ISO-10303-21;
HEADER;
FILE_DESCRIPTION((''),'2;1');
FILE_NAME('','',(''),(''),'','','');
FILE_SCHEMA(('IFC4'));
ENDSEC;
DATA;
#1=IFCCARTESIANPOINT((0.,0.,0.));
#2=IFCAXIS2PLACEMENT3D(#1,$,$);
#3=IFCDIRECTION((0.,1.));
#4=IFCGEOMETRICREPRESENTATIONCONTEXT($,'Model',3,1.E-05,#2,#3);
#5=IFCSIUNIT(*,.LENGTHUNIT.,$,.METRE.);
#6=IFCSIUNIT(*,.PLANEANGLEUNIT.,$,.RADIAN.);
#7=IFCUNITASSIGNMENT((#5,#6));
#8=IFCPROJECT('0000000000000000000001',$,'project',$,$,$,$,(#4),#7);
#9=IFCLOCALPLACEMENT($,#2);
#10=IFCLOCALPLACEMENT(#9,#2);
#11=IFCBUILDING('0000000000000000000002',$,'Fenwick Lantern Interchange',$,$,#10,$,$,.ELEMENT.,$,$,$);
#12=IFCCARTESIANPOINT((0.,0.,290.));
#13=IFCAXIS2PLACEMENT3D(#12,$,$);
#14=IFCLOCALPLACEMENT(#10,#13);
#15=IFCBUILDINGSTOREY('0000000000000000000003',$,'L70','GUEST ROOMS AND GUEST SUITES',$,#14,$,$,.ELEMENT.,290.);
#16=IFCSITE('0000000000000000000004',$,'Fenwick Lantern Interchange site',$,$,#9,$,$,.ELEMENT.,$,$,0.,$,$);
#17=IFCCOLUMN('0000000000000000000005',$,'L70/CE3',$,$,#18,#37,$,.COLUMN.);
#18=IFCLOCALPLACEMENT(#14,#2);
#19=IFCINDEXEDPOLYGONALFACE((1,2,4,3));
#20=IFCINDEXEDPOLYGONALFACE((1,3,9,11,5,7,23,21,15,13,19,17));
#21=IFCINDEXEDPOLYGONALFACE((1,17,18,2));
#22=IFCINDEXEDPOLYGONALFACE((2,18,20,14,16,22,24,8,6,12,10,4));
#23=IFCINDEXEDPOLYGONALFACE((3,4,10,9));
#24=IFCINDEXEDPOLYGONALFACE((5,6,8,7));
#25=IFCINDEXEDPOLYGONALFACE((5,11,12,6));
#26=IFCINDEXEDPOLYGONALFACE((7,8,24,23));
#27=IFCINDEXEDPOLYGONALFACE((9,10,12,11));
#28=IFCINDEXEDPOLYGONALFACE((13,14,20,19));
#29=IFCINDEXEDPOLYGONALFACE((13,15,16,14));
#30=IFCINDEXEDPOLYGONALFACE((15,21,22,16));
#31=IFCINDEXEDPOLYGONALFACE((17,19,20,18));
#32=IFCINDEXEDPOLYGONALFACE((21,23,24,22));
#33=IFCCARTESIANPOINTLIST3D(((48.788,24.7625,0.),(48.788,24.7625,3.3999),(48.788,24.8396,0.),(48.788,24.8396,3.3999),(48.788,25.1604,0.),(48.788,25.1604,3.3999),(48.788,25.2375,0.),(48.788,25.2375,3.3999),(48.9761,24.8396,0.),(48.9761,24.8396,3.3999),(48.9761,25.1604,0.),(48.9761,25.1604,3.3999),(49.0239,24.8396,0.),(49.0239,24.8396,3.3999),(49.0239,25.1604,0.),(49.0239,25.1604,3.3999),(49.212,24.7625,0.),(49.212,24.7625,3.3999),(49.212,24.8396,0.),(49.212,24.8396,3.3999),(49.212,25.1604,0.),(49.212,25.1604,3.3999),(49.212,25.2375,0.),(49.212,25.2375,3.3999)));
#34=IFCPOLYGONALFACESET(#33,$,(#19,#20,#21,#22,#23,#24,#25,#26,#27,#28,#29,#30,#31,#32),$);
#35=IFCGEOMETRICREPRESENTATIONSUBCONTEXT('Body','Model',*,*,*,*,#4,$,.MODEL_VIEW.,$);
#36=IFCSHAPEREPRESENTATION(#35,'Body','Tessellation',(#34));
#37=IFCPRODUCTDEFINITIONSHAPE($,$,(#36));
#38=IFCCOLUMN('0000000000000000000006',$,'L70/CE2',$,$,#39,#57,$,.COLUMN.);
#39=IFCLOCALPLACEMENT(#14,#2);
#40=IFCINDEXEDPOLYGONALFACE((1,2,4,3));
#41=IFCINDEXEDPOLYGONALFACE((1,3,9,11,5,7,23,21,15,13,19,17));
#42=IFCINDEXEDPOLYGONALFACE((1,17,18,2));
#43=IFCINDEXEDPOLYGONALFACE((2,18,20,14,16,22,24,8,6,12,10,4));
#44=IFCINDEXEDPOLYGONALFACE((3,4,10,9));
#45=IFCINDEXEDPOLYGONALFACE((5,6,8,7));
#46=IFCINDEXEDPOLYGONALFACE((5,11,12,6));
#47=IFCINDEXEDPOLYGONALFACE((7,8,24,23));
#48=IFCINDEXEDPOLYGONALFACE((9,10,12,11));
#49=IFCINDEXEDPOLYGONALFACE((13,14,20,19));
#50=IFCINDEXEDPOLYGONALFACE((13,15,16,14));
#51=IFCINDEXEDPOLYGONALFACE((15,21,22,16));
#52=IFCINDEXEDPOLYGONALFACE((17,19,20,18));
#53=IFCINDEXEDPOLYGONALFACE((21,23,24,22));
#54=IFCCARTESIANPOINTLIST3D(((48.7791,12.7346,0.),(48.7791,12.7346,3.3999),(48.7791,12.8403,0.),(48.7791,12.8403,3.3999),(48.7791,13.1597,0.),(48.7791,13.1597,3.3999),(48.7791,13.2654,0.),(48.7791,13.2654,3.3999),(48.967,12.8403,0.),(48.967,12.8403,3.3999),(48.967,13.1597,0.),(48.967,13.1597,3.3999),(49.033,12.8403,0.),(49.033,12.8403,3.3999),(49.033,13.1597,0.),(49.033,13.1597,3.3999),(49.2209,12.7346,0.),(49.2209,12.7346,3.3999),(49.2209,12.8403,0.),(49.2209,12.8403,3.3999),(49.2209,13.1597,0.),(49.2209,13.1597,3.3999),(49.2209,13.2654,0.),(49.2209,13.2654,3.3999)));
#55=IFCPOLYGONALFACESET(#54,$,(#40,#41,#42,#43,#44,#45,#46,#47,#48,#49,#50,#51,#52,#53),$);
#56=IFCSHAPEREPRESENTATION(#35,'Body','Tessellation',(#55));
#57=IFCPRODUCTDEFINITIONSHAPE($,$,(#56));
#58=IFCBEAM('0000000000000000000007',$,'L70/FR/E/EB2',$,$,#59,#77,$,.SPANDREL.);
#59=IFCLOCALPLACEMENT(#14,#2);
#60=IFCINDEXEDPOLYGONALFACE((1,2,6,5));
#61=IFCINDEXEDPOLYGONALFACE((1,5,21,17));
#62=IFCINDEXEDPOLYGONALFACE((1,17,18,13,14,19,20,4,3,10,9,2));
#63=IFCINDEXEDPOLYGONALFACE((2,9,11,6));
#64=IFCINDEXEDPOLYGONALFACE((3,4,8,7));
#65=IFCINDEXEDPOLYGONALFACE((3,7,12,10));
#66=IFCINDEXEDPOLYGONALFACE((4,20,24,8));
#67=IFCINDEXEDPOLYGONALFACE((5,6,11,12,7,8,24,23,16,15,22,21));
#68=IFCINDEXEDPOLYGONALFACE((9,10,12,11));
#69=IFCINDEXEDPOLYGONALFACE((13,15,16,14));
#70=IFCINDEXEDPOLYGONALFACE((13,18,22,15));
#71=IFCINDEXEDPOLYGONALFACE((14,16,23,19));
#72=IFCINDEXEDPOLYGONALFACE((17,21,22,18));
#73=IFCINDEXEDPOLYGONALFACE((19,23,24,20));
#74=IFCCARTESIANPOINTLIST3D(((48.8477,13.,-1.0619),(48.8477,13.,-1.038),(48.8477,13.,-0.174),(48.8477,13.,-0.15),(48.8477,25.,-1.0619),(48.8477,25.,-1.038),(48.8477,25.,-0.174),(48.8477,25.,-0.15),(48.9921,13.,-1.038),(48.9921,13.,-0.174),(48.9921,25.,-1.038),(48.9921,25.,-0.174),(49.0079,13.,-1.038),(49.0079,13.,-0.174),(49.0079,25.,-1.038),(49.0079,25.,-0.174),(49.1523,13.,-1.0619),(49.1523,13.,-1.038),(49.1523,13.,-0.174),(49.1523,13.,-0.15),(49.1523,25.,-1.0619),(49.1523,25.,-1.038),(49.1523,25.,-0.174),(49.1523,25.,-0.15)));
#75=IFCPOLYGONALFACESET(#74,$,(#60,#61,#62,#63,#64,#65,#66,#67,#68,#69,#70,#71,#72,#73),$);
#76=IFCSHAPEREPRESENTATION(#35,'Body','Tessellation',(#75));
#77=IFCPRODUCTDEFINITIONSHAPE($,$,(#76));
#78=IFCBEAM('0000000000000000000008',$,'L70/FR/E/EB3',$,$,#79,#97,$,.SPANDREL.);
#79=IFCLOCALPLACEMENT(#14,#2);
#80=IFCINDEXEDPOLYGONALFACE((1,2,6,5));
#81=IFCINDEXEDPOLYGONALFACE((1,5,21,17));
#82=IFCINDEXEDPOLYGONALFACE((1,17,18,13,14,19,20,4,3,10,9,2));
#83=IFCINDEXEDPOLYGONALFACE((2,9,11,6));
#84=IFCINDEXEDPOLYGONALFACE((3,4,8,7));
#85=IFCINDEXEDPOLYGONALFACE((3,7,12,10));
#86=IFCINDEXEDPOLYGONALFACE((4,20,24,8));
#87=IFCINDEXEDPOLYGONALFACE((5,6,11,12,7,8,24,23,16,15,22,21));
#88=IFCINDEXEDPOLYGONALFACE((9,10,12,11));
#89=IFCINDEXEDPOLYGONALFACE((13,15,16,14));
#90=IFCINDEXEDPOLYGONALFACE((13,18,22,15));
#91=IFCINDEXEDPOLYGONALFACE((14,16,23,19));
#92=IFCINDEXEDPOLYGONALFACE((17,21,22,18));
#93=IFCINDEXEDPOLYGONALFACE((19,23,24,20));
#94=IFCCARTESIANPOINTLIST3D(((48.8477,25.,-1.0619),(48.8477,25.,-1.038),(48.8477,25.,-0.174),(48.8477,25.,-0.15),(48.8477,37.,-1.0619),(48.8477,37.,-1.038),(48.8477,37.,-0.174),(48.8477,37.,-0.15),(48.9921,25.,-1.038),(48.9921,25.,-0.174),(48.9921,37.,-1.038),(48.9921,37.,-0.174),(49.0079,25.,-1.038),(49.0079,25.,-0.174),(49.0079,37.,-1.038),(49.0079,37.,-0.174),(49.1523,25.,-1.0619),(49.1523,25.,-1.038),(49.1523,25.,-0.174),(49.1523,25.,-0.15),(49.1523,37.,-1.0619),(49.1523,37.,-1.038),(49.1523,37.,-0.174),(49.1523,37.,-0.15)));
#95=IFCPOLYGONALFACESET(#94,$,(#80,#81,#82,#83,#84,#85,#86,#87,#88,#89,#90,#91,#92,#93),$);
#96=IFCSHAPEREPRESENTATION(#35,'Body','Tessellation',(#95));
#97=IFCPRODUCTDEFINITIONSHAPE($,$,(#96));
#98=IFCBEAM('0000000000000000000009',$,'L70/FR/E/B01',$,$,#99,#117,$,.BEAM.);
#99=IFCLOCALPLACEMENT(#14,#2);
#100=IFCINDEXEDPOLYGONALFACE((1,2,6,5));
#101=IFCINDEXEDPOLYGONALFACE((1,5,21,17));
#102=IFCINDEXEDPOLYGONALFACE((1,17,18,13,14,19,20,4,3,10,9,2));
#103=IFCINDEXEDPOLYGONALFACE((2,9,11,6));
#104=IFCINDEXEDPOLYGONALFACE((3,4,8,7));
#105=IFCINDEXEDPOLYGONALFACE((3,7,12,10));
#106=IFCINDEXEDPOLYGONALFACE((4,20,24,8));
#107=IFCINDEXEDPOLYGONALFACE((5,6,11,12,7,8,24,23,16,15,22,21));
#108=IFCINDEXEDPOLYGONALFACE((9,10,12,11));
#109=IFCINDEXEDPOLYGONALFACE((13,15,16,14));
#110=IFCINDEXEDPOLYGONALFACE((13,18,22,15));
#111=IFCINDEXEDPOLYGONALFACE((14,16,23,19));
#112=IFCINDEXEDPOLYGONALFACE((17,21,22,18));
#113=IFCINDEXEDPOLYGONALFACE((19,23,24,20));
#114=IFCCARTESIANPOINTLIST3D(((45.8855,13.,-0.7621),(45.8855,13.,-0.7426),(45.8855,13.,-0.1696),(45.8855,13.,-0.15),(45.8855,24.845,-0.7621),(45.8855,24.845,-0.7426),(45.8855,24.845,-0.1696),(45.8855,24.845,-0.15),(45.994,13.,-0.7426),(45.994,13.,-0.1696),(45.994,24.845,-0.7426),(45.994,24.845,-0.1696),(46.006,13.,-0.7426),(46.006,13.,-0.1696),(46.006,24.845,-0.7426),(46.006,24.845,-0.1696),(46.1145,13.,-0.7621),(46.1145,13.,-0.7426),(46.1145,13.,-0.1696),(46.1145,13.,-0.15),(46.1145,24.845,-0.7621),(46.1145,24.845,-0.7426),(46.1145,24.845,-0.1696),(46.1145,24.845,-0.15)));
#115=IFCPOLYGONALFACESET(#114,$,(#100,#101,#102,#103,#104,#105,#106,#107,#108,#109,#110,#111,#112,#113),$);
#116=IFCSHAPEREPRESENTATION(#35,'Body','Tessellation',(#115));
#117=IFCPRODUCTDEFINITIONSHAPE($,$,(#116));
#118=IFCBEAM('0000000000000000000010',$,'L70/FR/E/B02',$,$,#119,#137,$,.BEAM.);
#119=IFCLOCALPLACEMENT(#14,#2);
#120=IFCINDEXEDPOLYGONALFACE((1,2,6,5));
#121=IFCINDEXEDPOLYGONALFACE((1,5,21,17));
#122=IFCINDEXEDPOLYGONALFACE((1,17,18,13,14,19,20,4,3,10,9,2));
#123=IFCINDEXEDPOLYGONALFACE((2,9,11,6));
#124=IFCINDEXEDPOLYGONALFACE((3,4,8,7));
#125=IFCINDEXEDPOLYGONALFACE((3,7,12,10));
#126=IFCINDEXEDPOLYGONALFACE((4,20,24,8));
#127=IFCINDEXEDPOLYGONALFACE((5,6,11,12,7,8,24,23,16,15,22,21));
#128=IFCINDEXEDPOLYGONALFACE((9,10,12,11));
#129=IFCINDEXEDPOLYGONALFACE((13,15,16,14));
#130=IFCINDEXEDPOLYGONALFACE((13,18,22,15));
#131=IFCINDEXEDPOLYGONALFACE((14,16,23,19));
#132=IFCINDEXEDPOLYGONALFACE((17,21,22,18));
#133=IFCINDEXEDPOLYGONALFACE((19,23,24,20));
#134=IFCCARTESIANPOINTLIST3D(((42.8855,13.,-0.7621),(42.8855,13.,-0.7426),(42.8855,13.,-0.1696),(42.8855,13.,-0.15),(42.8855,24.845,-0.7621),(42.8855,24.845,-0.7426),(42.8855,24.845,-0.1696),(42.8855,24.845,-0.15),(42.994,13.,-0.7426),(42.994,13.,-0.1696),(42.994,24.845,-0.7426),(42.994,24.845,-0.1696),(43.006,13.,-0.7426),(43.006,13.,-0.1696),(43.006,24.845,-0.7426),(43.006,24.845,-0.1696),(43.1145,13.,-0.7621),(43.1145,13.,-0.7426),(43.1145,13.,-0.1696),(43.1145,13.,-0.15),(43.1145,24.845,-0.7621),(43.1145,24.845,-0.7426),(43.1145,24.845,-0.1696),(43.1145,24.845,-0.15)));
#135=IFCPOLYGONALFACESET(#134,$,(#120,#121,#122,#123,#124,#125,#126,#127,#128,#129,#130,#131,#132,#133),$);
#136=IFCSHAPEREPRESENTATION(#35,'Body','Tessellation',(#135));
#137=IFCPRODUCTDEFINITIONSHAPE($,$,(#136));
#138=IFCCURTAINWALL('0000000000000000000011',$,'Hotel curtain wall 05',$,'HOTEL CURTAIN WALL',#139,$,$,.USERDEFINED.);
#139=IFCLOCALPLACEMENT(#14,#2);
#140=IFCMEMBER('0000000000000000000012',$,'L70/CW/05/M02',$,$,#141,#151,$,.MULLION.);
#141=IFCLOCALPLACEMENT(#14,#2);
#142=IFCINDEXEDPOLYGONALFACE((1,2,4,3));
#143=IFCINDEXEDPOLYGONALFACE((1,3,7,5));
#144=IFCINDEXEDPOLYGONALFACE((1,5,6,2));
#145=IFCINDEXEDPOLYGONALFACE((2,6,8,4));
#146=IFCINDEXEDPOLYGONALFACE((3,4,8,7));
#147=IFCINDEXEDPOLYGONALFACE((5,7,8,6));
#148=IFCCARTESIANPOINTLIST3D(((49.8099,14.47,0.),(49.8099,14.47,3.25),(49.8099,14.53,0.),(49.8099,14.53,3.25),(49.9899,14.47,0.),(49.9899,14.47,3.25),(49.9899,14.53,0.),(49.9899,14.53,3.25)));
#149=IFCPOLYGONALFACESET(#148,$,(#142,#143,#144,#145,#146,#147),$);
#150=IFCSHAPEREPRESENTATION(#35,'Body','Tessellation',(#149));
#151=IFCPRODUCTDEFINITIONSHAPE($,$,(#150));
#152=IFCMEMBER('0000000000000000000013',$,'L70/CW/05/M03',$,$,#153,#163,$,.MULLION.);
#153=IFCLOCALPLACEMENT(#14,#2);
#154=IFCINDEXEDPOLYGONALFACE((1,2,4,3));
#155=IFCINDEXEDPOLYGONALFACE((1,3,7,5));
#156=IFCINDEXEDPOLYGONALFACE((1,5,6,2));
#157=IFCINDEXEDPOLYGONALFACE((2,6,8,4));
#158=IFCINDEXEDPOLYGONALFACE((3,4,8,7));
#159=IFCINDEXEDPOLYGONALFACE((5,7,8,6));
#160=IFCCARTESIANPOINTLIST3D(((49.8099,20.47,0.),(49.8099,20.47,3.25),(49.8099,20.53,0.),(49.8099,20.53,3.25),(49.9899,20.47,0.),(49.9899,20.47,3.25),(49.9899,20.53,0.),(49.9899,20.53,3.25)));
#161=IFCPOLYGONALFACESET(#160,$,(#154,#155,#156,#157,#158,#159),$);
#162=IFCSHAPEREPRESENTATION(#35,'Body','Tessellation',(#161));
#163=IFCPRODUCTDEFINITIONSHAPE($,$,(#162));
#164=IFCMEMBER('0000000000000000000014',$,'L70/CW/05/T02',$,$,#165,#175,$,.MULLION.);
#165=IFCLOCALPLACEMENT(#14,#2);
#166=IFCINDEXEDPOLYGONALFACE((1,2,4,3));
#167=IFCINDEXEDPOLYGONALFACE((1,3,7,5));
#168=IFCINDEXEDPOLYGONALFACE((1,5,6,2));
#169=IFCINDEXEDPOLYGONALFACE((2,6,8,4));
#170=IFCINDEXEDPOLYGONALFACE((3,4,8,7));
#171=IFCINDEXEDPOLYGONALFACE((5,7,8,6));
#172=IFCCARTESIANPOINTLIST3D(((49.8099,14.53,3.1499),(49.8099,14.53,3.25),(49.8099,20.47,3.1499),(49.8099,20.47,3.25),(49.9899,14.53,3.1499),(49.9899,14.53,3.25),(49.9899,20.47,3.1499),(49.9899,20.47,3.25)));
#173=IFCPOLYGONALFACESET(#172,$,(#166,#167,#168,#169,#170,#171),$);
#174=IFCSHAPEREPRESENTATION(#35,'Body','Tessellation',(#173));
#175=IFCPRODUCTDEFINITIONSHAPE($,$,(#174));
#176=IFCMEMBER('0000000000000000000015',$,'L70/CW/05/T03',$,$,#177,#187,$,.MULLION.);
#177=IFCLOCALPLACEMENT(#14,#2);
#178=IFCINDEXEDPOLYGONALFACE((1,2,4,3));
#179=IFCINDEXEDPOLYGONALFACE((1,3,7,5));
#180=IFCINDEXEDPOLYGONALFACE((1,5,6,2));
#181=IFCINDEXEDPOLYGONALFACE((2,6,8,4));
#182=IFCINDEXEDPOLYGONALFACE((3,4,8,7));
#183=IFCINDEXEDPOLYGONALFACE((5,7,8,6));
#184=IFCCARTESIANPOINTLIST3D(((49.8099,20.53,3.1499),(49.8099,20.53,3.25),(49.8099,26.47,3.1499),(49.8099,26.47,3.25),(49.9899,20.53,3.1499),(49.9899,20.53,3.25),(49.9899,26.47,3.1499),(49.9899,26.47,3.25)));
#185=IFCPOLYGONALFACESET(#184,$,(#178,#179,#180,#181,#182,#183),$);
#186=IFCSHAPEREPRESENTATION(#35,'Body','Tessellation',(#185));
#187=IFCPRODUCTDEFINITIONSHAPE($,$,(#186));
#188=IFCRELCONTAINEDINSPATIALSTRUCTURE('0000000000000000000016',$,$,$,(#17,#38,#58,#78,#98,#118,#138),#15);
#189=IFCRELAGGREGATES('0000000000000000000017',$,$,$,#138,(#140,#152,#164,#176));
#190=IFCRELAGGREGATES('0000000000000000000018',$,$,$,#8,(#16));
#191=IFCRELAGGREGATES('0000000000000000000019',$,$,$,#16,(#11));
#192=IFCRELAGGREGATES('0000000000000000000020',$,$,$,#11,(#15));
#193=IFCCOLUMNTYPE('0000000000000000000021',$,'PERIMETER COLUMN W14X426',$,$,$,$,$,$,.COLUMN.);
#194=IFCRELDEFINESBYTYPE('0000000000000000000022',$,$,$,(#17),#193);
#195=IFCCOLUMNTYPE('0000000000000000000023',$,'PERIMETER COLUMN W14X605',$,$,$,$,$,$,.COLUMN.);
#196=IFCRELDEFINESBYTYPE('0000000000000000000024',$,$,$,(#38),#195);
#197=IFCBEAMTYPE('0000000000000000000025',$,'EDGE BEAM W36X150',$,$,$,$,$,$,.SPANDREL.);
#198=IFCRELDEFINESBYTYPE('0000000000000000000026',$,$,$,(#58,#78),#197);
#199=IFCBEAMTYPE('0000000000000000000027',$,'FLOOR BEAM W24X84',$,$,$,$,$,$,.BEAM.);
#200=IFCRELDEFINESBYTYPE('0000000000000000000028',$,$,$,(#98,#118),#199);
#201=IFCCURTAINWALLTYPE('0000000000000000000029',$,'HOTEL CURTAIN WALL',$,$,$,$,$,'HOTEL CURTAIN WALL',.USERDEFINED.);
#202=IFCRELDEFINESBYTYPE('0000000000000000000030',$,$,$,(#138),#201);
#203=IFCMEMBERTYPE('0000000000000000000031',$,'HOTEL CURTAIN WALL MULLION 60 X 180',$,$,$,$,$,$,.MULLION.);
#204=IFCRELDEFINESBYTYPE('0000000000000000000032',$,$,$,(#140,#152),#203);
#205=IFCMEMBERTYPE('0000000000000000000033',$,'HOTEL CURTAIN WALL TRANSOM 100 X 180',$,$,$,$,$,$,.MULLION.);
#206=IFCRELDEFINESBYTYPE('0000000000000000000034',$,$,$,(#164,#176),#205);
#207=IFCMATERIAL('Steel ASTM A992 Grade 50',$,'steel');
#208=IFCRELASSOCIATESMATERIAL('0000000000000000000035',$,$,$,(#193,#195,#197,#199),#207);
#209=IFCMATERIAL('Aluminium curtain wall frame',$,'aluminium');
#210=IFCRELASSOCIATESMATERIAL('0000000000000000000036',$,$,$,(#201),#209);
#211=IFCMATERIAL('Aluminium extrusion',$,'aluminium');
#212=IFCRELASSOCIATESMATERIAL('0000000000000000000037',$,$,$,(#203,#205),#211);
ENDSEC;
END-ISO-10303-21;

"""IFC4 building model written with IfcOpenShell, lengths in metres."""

from ifc_helpers import new_model, si_unit, direction, frame, origin, origin_2d, place, context, subcontext, project, spatial, rectangle, i_section, extrude, material, material_profile, profile_set, type_object, element, aggregate, save


model = new_model("IFC4")

# Units and contexts
model_context = context("Model", 3, precision=1e-05, world=origin(), true_north=direction((0.0, 1.0)))
body_context = subcontext(model_context, "Body", "Model", "MODEL_VIEW")
ifc_project = project(units=[si_unit("LENGTHUNIT", "METRE"), si_unit("PLANEANGLEUNIT", "RADIAN")], contexts=[model_context])

# Site, building, storey
site_placement = place(None, origin())
site = spatial("IfcSite", under=ifc_project, at=site_placement, Name="Fenwick Lantern Interchange site", CompositionType="ELEMENT", RefElevation=0.0)
building_placement = place(site_placement, origin())
building = spatial("IfcBuilding", under=site, at=building_placement, Name="Fenwick Lantern Interchange", CompositionType="ELEMENT")
storey_placement = place(building_placement, frame((0.0, 0.0, 290.0)))
storey = spatial("IfcBuildingStorey", under=building, at=storey_placement, Name="L70", Description="GUEST ROOMS AND GUEST SUITES", CompositionType="ELEMENT", Elevation=290.0)

# Columns
ifc_material_1 = material(Name="Steel ASTM A992 Grade 50", Category="steel")
ifc_material_profile_1 = material_profile(ifc_material_1, i_section(OverallWidth=0.4241, OverallDepth=0.4751, WebThickness=0.0479, FlangeThickness=0.0771, at=origin_2d()), Name="W14X426")
ifc_profile_set_1 = profile_set([ifc_material_profile_1], Name="Steel ASTM A992 Grade 50")
column_type_1 = type_object("IfcColumnType", Name="PERIMETER COLUMN W14X426", PredefinedType="COLUMN", material=ifc_profile_set_1)
column_1_placement = place(storey_placement, frame((49.0, 25.0, 0.0), z_axis=(0.0, 0.0, 1.0), x_axis=(1.0, 0.0, 0.0)))
element("IfcColumn", 1, at=column_1_placement, inside=storey, type_object=column_type_1, Name="L70/CE3", PredefinedType="COLUMN", context=body_context, shape_type="SweptSolid", body=[
    extrude(i_section(OverallWidth=0.4241, OverallDepth=0.4751, WebThickness=0.0479, FlangeThickness=0.0771, at=origin_2d()), origin(), (0.0, 0.0, 1.0), 3.3999),
])
ifc_material_profile_2 = material_profile(ifc_material_1, i_section(OverallWidth=0.4419, OverallDepth=0.5308, WebThickness=0.0659, FlangeThickness=0.1057, at=origin_2d()), Name="W14X605")
ifc_profile_set_2 = profile_set([ifc_material_profile_2], Name="Steel ASTM A992 Grade 50")
column_type_2 = type_object("IfcColumnType", Name="PERIMETER COLUMN W14X605", PredefinedType="COLUMN", material=ifc_profile_set_2)
column_2_placement = place(storey_placement, frame((49.0, 13.0, 0.0), z_axis=(0.0, 0.0, 1.0), x_axis=(1.0, 0.0, 0.0)))
element("IfcColumn", 2, at=column_2_placement, inside=storey, type_object=column_type_2, Name="L70/CE2", PredefinedType="COLUMN", context=body_context, shape_type="SweptSolid", body=[
    extrude(i_section(OverallWidth=0.4419, OverallDepth=0.5308, WebThickness=0.0659, FlangeThickness=0.1057, at=origin_2d()), origin(), (0.0, 0.0, 1.0), 3.3999),
])

# Beams
ifc_material_profile_3 = material_profile(ifc_material_1, i_section(OverallWidth=0.3047, OverallDepth=0.9119, WebThickness=0.0159, FlangeThickness=0.0239, at=origin_2d()), Name="W36X150")
ifc_profile_set_3 = profile_set([ifc_material_profile_3], Name="Steel ASTM A992 Grade 50")
beam_type_1 = type_object("IfcBeamType", Name="EDGE BEAM W36X150", PredefinedType="SPANDREL", material=ifc_profile_set_3)
for number, where, z_axis, x_axis, name in (
    (3, (49.0, 13.0, -0.606), (0.0, 1.0, 0.0), (-1.0, 0.0, 0.0), "L70/FR/E/EB2"),
    (4, (49.0, 25.0, -0.606), (0.0, 1.0, 0.0), (-1.0, 0.0, 0.0), "L70/FR/E/EB3"),
):
    element("IfcBeam", number, at=place(storey_placement, frame(where, z_axis=z_axis, x_axis=x_axis)), inside=storey, type_object=beam_type_1, Name=name, PredefinedType="SPANDREL", context=body_context, shape_type="SweptSolid", body=[
        extrude(i_section(OverallWidth=0.3047, OverallDepth=0.9119, WebThickness=0.0159, FlangeThickness=0.0239, at=origin_2d()), origin(), (0.0, 0.0, 1.0), 12.0),
    ])
ifc_material_profile_4 = material_profile(ifc_material_1, i_section(OverallWidth=0.229, OverallDepth=0.6121, WebThickness=0.012, FlangeThickness=0.0195, at=origin_2d()), Name="W24X84")
ifc_profile_set_4 = profile_set([ifc_material_profile_4], Name="Steel ASTM A992 Grade 50")
beam_type_2 = type_object("IfcBeamType", Name="FLOOR BEAM W24X84", PredefinedType="BEAM", material=ifc_profile_set_4)
for number, where, z_axis, x_axis, name in (
    (5, (46.0, 13.0, -0.4561), (0.0, 1.0, 0.0), (-1.0, 0.0, 0.0), "L70/FR/E/B01"),
    (6, (43.0, 13.0, -0.4561), (0.0, 1.0, 0.0), (-1.0, 0.0, 0.0), "L70/FR/E/B02"),
):
    element("IfcBeam", number, at=place(storey_placement, frame(where, z_axis=z_axis, x_axis=x_axis)), inside=storey, type_object=beam_type_2, Name=name, PredefinedType="BEAM", context=body_context, shape_type="SweptSolid", body=[
        extrude(i_section(OverallWidth=0.229, OverallDepth=0.6121, WebThickness=0.012, FlangeThickness=0.0195, at=origin_2d()), origin(), (0.0, 0.0, 1.0), 11.845),
    ])

# Curtain wall, members
ifc_material_2 = material(Name="Aluminium curtain wall frame", Category="aluminium")
curtain_wall_type = type_object("IfcCurtainWallType", Name="HOTEL CURTAIN WALL", ElementType="HOTEL CURTAIN WALL", PredefinedType="USERDEFINED", material=ifc_material_2)
curtain_wall_placement = place(storey_placement, origin())
curtain_wall = element("IfcCurtainWall", 7, at=curtain_wall_placement, inside=storey, type_object=curtain_wall_type, Name="Hotel curtain wall 05", ObjectType="HOTEL CURTAIN WALL", PredefinedType="USERDEFINED")
ifc_material_3 = material(Name="Aluminium extrusion", Category="aluminium")
ifc_material_profile_5 = material_profile(ifc_material_3, rectangle(XDim=0.1799, YDim=0.0601, at=origin_2d()), Name="HOTEL CURTAIN WALL MULLION 60 X 180")
ifc_profile_set_5 = profile_set([ifc_material_profile_5], Name="Aluminium extrusion")
member_type_1 = type_object("IfcMemberType", Name="HOTEL CURTAIN WALL MULLION 60 X 180", PredefinedType="MULLION", material=ifc_profile_set_5)
member_1_placement = place(storey_placement, frame((49.8999, 14.5, 0.0), z_axis=(0.0, 0.0, 1.0), x_axis=(-1.0, 0.0, 0.0)))
member_1 = element("IfcMember", 8, at=member_1_placement, type_object=member_type_1, Name="L70/CW/05/M02", PredefinedType="MULLION", context=body_context, shape_type="SweptSolid", body=[
    extrude(rectangle(XDim=0.1799, YDim=0.0601, at=origin_2d()), origin(), (0.0, 0.0, 1.0), 3.25),
])
member_2_placement = place(storey_placement, frame((49.8999, 20.5, 0.0), z_axis=(0.0, 0.0, 1.0), x_axis=(-1.0, 0.0, 0.0)))
member_2 = element("IfcMember", 9, at=member_2_placement, type_object=member_type_1, Name="L70/CW/05/M03", PredefinedType="MULLION", context=body_context, shape_type="SweptSolid", body=[
    extrude(rectangle(XDim=0.1799, YDim=0.0601, at=origin_2d()), origin(), (0.0, 0.0, 1.0), 3.25),
])
ifc_material_profile_6 = material_profile(ifc_material_3, rectangle(XDim=0.1799, YDim=0.1001, at=origin_2d()), Name="HOTEL CURTAIN WALL TRANSOM 100 X 180")
ifc_profile_set_6 = profile_set([ifc_material_profile_6], Name="Aluminium extrusion")
member_type_2 = type_object("IfcMemberType", Name="HOTEL CURTAIN WALL TRANSOM 100 X 180", PredefinedType="MULLION", material=ifc_profile_set_6)
member_3_placement = place(storey_placement, frame((49.8999, 14.53, 3.2), z_axis=(0.0, 1.0, 0.0), x_axis=(-1.0, 0.0, 0.0)))
member_3 = element("IfcMember", 10, at=member_3_placement, type_object=member_type_2, Name="L70/CW/05/T02", PredefinedType="MULLION", context=body_context, shape_type="SweptSolid", body=[
    extrude(rectangle(XDim=0.1799, YDim=0.1001, at=origin_2d()), origin(), (0.0, 0.0, 1.0), 5.9399),
])
member_4_placement = place(storey_placement, frame((49.8999, 20.53, 3.2), z_axis=(0.0, 1.0, 0.0), x_axis=(-1.0, 0.0, 0.0)))
member_4 = element("IfcMember", 11, at=member_4_placement, type_object=member_type_2, Name="L70/CW/05/T03", PredefinedType="MULLION", context=body_context, shape_type="SweptSolid", body=[
    extrude(rectangle(XDim=0.1799, YDim=0.1001, at=origin_2d()), origin(), (0.0, 0.0, 1.0), 5.9399),
])
aggregate(curtain_wall, [member_1, member_2, member_3, member_4])

save(model, "model.ifc")
